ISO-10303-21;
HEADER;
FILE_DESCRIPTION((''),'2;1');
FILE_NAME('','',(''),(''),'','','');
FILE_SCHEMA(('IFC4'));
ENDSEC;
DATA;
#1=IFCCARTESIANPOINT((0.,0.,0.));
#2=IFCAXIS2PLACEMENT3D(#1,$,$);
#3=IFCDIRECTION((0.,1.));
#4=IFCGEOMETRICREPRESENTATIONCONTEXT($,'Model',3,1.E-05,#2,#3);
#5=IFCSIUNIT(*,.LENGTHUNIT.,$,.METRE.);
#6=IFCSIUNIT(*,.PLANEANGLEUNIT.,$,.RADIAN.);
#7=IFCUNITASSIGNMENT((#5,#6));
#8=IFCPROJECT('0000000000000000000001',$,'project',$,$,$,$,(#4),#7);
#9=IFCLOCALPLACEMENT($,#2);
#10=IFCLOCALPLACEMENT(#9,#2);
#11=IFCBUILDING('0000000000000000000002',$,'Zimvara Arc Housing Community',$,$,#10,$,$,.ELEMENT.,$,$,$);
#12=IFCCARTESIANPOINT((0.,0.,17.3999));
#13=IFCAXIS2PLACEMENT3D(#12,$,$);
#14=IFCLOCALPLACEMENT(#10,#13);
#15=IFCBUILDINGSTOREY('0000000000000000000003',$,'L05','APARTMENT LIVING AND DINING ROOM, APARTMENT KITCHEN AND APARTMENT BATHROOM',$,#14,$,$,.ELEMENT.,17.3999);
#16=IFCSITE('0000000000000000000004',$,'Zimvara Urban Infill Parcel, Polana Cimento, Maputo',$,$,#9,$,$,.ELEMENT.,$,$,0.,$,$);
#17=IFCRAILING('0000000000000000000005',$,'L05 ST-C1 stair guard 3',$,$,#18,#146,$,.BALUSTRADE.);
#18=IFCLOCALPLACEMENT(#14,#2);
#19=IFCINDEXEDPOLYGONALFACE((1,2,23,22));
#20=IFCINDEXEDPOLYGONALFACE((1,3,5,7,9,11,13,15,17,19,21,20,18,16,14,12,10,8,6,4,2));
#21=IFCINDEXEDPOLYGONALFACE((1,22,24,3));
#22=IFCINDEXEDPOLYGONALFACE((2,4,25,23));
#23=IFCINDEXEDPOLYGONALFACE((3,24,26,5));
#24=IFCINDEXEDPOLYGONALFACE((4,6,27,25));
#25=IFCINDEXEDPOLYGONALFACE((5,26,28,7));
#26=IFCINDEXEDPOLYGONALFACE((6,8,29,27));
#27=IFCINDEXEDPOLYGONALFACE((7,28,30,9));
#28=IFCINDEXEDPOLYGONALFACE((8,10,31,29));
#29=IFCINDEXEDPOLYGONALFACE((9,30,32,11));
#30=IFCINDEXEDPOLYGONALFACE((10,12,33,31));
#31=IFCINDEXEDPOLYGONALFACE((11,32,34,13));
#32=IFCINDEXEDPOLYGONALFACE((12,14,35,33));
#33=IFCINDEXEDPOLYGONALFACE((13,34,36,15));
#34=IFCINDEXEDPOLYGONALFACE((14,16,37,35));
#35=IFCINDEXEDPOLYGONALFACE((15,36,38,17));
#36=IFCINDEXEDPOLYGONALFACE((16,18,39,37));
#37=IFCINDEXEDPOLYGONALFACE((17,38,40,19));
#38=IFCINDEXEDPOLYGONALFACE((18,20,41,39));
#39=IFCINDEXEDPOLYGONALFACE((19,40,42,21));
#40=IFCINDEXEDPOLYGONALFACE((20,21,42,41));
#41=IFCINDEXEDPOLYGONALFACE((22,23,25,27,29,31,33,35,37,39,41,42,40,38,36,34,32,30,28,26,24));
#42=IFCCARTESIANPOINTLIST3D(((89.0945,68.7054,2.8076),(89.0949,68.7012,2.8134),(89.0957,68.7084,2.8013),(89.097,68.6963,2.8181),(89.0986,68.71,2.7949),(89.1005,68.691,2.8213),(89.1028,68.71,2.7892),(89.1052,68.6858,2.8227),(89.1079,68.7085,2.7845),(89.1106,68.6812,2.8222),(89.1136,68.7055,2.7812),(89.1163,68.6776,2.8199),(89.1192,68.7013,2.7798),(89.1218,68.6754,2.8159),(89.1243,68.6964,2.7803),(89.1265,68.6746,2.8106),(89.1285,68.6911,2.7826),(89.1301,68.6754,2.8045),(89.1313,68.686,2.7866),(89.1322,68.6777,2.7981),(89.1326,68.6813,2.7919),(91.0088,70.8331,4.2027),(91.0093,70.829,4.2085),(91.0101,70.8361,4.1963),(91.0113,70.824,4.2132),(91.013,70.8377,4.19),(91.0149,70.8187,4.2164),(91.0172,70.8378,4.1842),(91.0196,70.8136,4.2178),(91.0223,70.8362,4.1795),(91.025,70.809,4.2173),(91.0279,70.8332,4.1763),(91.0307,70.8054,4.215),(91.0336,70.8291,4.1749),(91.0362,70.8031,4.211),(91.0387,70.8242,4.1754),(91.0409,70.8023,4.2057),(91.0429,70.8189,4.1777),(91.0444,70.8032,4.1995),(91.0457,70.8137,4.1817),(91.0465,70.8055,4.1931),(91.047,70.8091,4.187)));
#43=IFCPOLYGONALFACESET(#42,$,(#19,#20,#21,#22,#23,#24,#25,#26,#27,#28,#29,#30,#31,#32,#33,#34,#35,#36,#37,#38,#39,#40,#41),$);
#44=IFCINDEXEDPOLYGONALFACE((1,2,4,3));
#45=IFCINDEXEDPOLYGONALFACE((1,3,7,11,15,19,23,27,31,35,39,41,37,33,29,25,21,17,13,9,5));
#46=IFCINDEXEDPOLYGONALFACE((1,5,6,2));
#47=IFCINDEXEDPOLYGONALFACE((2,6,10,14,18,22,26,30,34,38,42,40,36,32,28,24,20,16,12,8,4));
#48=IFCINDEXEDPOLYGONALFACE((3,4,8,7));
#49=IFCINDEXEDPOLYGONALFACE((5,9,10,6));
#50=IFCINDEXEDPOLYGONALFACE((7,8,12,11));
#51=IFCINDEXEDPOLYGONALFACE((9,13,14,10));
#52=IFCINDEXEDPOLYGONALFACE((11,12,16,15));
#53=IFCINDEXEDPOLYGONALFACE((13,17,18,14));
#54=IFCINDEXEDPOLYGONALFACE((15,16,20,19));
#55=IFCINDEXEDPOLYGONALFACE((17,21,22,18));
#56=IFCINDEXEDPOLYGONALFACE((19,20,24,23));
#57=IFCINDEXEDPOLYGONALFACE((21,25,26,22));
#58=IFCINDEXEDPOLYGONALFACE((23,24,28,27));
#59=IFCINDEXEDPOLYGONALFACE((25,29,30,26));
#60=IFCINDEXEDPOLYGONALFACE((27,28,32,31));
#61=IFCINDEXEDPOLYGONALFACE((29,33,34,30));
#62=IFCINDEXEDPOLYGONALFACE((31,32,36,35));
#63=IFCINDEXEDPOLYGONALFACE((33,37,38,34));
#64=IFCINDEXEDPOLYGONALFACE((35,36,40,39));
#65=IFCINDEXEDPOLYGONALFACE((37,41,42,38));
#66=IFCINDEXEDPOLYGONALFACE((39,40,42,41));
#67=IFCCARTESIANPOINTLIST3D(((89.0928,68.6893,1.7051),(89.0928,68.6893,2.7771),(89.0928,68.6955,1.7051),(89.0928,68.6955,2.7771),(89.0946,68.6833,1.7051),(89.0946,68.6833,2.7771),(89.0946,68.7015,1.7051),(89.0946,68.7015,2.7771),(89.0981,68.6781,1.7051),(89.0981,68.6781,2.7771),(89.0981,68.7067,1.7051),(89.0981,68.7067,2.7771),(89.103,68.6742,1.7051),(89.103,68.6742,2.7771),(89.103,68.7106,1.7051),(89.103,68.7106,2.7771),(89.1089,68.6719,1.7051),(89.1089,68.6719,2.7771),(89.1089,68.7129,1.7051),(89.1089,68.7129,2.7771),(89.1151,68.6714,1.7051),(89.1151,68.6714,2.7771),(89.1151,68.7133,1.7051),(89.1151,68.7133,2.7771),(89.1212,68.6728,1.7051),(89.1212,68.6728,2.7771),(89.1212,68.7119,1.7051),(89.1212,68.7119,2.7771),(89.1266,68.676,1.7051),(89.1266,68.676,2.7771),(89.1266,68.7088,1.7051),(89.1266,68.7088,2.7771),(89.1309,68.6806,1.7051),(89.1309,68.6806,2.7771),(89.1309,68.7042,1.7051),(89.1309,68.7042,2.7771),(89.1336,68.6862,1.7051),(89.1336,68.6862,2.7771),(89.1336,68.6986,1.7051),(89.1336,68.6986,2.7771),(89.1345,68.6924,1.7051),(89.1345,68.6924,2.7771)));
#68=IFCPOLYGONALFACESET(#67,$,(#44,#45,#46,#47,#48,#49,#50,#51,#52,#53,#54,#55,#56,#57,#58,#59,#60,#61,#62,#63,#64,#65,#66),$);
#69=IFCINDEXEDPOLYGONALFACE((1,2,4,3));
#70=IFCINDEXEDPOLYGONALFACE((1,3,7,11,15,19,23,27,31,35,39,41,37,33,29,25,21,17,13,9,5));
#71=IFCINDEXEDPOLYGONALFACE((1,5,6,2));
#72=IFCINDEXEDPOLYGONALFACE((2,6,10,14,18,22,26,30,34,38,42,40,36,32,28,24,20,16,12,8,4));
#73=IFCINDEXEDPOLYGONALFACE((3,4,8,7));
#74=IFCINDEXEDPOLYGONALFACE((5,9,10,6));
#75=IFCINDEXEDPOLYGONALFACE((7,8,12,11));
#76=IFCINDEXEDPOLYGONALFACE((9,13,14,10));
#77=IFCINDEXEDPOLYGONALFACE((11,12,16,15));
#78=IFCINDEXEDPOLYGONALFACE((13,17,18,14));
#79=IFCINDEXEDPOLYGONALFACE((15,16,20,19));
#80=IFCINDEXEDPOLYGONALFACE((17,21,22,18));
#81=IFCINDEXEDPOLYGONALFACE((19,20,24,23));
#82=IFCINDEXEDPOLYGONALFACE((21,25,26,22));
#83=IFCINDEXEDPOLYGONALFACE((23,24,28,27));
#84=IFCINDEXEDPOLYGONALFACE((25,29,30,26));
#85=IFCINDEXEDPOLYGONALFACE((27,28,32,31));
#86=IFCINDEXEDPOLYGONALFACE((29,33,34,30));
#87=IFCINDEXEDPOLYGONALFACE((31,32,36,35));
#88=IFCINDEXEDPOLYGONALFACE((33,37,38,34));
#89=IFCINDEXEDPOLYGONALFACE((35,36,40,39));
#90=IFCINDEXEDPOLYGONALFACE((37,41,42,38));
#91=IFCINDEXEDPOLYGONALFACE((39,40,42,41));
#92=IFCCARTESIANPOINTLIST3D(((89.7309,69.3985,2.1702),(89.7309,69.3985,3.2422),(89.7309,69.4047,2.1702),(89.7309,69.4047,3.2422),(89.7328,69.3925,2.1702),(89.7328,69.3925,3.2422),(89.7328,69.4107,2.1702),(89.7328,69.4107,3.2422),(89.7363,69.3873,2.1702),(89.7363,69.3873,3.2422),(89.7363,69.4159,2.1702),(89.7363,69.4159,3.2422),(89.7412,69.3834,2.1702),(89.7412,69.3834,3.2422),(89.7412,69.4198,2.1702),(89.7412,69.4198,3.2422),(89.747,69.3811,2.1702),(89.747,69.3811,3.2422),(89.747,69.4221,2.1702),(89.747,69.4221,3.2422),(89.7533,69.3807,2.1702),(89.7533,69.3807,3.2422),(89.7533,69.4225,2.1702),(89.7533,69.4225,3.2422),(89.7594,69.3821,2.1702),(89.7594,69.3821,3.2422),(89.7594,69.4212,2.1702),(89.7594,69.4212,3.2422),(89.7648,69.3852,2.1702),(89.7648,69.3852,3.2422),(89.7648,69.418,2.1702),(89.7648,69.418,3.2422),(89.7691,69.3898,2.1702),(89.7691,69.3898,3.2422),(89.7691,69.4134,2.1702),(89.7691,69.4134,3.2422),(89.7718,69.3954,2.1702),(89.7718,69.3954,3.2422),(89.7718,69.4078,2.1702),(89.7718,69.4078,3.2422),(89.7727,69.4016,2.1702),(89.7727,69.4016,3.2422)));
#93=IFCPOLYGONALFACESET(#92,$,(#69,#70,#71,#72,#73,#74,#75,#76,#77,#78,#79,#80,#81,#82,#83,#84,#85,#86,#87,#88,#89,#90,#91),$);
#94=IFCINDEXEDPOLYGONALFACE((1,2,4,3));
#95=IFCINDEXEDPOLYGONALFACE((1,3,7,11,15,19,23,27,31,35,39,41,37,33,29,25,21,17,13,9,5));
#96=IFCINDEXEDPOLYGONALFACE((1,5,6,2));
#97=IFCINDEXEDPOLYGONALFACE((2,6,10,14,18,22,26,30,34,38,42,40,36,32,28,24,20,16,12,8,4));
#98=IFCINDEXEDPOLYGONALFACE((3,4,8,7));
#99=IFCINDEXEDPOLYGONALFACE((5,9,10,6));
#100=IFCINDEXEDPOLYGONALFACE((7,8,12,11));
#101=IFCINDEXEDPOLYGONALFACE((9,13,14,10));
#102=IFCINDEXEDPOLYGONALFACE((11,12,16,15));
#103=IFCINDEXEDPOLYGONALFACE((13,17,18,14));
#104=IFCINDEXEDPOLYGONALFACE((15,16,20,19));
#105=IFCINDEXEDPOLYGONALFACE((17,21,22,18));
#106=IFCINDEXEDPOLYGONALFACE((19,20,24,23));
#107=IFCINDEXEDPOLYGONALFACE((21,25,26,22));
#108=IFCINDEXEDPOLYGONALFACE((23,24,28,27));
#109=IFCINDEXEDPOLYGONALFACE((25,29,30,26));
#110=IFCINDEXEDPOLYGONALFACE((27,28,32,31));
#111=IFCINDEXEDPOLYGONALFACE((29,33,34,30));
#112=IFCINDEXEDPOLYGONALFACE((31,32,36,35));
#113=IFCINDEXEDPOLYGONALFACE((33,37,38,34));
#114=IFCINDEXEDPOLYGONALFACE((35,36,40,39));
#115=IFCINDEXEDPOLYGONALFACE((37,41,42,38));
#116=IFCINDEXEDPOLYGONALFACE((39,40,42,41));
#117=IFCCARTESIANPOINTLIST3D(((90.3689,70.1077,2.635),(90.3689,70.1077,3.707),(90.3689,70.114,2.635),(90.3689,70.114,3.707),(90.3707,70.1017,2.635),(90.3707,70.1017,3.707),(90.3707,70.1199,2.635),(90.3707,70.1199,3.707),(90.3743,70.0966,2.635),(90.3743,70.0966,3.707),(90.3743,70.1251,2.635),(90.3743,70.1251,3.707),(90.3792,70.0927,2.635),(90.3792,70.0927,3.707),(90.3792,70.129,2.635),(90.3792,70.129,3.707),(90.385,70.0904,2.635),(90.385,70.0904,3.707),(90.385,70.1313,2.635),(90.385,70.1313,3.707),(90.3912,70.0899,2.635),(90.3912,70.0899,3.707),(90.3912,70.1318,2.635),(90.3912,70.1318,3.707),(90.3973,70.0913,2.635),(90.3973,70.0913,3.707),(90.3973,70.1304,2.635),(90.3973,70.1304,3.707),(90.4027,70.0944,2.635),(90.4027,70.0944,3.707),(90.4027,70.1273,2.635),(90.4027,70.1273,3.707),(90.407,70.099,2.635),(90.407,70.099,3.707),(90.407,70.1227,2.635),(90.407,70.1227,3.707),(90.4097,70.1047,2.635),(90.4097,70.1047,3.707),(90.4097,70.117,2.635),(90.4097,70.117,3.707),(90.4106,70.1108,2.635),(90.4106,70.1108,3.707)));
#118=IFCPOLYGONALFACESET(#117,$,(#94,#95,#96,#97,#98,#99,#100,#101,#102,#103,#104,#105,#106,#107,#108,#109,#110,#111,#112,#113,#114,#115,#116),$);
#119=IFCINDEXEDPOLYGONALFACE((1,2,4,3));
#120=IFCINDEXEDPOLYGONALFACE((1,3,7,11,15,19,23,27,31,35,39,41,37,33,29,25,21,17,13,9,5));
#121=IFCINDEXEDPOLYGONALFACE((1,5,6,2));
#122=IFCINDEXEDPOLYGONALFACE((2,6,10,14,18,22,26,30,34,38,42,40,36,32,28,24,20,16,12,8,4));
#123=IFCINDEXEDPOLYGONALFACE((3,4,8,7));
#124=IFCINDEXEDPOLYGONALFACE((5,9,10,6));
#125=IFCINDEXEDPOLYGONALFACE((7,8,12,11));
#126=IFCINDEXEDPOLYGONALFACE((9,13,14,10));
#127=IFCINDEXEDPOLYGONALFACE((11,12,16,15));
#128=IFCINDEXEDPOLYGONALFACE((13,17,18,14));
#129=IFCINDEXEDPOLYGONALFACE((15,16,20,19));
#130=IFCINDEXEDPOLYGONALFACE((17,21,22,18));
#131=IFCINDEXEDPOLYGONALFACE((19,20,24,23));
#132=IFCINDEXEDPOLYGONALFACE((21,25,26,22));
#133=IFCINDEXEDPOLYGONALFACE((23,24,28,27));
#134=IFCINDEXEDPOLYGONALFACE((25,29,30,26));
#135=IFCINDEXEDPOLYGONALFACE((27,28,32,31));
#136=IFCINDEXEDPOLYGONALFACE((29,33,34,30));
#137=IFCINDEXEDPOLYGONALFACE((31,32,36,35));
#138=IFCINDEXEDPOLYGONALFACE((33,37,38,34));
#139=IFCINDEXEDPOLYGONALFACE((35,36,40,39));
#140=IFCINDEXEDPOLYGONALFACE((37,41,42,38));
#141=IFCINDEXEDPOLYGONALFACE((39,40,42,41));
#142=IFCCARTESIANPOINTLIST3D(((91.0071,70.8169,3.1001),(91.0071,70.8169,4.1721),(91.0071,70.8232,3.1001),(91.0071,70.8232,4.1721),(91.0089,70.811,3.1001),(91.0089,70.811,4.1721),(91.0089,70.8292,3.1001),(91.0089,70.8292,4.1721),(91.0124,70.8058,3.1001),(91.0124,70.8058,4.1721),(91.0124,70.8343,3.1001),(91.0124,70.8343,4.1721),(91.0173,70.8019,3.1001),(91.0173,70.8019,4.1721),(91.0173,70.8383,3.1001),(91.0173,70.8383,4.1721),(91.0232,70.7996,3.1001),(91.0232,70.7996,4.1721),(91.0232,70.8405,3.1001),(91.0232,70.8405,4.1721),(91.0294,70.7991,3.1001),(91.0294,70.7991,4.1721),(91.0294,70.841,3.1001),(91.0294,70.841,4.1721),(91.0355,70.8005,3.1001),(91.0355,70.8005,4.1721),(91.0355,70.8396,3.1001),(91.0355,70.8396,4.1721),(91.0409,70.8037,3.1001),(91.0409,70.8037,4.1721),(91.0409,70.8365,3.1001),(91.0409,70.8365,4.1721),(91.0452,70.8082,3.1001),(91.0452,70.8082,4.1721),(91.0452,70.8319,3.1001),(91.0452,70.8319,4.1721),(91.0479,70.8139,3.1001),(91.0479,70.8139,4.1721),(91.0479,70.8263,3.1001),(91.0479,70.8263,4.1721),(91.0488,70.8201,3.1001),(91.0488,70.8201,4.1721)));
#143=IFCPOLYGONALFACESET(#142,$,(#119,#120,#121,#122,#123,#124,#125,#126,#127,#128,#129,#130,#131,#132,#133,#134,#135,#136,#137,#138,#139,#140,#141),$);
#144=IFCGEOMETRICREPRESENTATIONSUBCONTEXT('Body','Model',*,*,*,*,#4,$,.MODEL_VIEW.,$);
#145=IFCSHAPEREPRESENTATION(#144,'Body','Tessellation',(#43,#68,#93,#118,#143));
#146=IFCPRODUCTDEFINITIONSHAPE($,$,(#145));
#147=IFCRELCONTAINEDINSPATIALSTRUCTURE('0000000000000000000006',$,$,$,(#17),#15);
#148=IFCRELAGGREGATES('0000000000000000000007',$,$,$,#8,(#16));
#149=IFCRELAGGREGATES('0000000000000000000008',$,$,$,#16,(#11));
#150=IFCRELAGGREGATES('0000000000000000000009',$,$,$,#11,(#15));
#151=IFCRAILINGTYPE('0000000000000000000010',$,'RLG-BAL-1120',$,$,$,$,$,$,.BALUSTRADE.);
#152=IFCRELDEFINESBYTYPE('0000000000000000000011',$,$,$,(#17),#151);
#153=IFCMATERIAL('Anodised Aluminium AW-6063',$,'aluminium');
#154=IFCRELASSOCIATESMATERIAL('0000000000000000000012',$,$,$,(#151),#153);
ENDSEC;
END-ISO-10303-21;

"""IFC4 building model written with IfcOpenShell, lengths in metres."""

from ifc_helpers import new_model, si_unit, direction, frame, origin, origin_2d, place, context, subcontext, project, spatial, circle, extrude, material, type_object, element, save


model = new_model("IFC4")

# Units and contexts
model_context = context("Model", 3, precision=1e-05, world=origin(), true_north=direction((0.0, 1.0)))
body_context = subcontext(model_context, "Body", "Model", "MODEL_VIEW")
ifc_project = project(units=[si_unit("LENGTHUNIT", "METRE"), si_unit("PLANEANGLEUNIT", "RADIAN")], contexts=[model_context])

# Site, building, storey
site_placement = place(None, origin())
site = spatial("IfcSite", under=ifc_project, at=site_placement, Name="Zimvara Urban Infill Parcel, Polana Cimento, Maputo", CompositionType="ELEMENT", RefElevation=0.0)
building_placement = place(site_placement, origin())
building = spatial("IfcBuilding", under=site, at=building_placement, Name="Zimvara Arc Housing Community", CompositionType="ELEMENT")
storey_placement = place(building_placement, frame((0.0, 0.0, 17.3999)))
storey = spatial("IfcBuildingStorey", under=building, at=storey_placement, Name="L05", Description="APARTMENT LIVING AND DINING ROOM, APARTMENT KITCHEN AND APARTMENT BATHROOM", CompositionType="ELEMENT", Elevation=17.3999)

# Railing
ifc_material_1 = material(Name="Anodised Aluminium AW-6063", Category="aluminium")
railing_type_1 = type_object("IfcRailingType", Name="RLG-BAL-1120", PredefinedType="BALUSTRADE", material=ifc_material_1)
railing_1_placement = place(storey_placement, frame((89.1135, 68.6924, 1.7051)))
element("IfcRailing", 1, at=railing_1_placement, inside=storey, type_object=railing_type_1, Name="L05 ST-C1 stair guard 3", PredefinedType="BALUSTRADE", context=body_context, shape_type="SweptSolid", body=[
    extrude(circle(Radius=0.0239, at=origin_2d()), frame((0.0, 0.0, 1.0962), z_axis=(0.601232, 0.668248, 0.438138), x_axis=(-0.7434, 0.668847, 0.0)), (0.0, 0.0, 1.0), 3.1841),
    extrude(circle(Radius=0.021, at=origin_2d()), origin(), (0.0, 0.0, 1.0), 1.072),
    extrude(circle(Radius=0.021, at=origin_2d()), frame((0.6382, 0.7092, 0.4651)), (0.0, 0.0, 1.0), 1.072),
    extrude(circle(Radius=0.021, at=origin_2d()), frame((1.2761, 1.4185, 0.9299)), (0.0, 0.0, 1.0), 1.072),
    extrude(circle(Radius=0.021, at=origin_2d()), frame((1.9143, 2.1277, 1.395)), (0.0, 0.0, 1.0), 1.072),
])

save(model, "model.ifc")
